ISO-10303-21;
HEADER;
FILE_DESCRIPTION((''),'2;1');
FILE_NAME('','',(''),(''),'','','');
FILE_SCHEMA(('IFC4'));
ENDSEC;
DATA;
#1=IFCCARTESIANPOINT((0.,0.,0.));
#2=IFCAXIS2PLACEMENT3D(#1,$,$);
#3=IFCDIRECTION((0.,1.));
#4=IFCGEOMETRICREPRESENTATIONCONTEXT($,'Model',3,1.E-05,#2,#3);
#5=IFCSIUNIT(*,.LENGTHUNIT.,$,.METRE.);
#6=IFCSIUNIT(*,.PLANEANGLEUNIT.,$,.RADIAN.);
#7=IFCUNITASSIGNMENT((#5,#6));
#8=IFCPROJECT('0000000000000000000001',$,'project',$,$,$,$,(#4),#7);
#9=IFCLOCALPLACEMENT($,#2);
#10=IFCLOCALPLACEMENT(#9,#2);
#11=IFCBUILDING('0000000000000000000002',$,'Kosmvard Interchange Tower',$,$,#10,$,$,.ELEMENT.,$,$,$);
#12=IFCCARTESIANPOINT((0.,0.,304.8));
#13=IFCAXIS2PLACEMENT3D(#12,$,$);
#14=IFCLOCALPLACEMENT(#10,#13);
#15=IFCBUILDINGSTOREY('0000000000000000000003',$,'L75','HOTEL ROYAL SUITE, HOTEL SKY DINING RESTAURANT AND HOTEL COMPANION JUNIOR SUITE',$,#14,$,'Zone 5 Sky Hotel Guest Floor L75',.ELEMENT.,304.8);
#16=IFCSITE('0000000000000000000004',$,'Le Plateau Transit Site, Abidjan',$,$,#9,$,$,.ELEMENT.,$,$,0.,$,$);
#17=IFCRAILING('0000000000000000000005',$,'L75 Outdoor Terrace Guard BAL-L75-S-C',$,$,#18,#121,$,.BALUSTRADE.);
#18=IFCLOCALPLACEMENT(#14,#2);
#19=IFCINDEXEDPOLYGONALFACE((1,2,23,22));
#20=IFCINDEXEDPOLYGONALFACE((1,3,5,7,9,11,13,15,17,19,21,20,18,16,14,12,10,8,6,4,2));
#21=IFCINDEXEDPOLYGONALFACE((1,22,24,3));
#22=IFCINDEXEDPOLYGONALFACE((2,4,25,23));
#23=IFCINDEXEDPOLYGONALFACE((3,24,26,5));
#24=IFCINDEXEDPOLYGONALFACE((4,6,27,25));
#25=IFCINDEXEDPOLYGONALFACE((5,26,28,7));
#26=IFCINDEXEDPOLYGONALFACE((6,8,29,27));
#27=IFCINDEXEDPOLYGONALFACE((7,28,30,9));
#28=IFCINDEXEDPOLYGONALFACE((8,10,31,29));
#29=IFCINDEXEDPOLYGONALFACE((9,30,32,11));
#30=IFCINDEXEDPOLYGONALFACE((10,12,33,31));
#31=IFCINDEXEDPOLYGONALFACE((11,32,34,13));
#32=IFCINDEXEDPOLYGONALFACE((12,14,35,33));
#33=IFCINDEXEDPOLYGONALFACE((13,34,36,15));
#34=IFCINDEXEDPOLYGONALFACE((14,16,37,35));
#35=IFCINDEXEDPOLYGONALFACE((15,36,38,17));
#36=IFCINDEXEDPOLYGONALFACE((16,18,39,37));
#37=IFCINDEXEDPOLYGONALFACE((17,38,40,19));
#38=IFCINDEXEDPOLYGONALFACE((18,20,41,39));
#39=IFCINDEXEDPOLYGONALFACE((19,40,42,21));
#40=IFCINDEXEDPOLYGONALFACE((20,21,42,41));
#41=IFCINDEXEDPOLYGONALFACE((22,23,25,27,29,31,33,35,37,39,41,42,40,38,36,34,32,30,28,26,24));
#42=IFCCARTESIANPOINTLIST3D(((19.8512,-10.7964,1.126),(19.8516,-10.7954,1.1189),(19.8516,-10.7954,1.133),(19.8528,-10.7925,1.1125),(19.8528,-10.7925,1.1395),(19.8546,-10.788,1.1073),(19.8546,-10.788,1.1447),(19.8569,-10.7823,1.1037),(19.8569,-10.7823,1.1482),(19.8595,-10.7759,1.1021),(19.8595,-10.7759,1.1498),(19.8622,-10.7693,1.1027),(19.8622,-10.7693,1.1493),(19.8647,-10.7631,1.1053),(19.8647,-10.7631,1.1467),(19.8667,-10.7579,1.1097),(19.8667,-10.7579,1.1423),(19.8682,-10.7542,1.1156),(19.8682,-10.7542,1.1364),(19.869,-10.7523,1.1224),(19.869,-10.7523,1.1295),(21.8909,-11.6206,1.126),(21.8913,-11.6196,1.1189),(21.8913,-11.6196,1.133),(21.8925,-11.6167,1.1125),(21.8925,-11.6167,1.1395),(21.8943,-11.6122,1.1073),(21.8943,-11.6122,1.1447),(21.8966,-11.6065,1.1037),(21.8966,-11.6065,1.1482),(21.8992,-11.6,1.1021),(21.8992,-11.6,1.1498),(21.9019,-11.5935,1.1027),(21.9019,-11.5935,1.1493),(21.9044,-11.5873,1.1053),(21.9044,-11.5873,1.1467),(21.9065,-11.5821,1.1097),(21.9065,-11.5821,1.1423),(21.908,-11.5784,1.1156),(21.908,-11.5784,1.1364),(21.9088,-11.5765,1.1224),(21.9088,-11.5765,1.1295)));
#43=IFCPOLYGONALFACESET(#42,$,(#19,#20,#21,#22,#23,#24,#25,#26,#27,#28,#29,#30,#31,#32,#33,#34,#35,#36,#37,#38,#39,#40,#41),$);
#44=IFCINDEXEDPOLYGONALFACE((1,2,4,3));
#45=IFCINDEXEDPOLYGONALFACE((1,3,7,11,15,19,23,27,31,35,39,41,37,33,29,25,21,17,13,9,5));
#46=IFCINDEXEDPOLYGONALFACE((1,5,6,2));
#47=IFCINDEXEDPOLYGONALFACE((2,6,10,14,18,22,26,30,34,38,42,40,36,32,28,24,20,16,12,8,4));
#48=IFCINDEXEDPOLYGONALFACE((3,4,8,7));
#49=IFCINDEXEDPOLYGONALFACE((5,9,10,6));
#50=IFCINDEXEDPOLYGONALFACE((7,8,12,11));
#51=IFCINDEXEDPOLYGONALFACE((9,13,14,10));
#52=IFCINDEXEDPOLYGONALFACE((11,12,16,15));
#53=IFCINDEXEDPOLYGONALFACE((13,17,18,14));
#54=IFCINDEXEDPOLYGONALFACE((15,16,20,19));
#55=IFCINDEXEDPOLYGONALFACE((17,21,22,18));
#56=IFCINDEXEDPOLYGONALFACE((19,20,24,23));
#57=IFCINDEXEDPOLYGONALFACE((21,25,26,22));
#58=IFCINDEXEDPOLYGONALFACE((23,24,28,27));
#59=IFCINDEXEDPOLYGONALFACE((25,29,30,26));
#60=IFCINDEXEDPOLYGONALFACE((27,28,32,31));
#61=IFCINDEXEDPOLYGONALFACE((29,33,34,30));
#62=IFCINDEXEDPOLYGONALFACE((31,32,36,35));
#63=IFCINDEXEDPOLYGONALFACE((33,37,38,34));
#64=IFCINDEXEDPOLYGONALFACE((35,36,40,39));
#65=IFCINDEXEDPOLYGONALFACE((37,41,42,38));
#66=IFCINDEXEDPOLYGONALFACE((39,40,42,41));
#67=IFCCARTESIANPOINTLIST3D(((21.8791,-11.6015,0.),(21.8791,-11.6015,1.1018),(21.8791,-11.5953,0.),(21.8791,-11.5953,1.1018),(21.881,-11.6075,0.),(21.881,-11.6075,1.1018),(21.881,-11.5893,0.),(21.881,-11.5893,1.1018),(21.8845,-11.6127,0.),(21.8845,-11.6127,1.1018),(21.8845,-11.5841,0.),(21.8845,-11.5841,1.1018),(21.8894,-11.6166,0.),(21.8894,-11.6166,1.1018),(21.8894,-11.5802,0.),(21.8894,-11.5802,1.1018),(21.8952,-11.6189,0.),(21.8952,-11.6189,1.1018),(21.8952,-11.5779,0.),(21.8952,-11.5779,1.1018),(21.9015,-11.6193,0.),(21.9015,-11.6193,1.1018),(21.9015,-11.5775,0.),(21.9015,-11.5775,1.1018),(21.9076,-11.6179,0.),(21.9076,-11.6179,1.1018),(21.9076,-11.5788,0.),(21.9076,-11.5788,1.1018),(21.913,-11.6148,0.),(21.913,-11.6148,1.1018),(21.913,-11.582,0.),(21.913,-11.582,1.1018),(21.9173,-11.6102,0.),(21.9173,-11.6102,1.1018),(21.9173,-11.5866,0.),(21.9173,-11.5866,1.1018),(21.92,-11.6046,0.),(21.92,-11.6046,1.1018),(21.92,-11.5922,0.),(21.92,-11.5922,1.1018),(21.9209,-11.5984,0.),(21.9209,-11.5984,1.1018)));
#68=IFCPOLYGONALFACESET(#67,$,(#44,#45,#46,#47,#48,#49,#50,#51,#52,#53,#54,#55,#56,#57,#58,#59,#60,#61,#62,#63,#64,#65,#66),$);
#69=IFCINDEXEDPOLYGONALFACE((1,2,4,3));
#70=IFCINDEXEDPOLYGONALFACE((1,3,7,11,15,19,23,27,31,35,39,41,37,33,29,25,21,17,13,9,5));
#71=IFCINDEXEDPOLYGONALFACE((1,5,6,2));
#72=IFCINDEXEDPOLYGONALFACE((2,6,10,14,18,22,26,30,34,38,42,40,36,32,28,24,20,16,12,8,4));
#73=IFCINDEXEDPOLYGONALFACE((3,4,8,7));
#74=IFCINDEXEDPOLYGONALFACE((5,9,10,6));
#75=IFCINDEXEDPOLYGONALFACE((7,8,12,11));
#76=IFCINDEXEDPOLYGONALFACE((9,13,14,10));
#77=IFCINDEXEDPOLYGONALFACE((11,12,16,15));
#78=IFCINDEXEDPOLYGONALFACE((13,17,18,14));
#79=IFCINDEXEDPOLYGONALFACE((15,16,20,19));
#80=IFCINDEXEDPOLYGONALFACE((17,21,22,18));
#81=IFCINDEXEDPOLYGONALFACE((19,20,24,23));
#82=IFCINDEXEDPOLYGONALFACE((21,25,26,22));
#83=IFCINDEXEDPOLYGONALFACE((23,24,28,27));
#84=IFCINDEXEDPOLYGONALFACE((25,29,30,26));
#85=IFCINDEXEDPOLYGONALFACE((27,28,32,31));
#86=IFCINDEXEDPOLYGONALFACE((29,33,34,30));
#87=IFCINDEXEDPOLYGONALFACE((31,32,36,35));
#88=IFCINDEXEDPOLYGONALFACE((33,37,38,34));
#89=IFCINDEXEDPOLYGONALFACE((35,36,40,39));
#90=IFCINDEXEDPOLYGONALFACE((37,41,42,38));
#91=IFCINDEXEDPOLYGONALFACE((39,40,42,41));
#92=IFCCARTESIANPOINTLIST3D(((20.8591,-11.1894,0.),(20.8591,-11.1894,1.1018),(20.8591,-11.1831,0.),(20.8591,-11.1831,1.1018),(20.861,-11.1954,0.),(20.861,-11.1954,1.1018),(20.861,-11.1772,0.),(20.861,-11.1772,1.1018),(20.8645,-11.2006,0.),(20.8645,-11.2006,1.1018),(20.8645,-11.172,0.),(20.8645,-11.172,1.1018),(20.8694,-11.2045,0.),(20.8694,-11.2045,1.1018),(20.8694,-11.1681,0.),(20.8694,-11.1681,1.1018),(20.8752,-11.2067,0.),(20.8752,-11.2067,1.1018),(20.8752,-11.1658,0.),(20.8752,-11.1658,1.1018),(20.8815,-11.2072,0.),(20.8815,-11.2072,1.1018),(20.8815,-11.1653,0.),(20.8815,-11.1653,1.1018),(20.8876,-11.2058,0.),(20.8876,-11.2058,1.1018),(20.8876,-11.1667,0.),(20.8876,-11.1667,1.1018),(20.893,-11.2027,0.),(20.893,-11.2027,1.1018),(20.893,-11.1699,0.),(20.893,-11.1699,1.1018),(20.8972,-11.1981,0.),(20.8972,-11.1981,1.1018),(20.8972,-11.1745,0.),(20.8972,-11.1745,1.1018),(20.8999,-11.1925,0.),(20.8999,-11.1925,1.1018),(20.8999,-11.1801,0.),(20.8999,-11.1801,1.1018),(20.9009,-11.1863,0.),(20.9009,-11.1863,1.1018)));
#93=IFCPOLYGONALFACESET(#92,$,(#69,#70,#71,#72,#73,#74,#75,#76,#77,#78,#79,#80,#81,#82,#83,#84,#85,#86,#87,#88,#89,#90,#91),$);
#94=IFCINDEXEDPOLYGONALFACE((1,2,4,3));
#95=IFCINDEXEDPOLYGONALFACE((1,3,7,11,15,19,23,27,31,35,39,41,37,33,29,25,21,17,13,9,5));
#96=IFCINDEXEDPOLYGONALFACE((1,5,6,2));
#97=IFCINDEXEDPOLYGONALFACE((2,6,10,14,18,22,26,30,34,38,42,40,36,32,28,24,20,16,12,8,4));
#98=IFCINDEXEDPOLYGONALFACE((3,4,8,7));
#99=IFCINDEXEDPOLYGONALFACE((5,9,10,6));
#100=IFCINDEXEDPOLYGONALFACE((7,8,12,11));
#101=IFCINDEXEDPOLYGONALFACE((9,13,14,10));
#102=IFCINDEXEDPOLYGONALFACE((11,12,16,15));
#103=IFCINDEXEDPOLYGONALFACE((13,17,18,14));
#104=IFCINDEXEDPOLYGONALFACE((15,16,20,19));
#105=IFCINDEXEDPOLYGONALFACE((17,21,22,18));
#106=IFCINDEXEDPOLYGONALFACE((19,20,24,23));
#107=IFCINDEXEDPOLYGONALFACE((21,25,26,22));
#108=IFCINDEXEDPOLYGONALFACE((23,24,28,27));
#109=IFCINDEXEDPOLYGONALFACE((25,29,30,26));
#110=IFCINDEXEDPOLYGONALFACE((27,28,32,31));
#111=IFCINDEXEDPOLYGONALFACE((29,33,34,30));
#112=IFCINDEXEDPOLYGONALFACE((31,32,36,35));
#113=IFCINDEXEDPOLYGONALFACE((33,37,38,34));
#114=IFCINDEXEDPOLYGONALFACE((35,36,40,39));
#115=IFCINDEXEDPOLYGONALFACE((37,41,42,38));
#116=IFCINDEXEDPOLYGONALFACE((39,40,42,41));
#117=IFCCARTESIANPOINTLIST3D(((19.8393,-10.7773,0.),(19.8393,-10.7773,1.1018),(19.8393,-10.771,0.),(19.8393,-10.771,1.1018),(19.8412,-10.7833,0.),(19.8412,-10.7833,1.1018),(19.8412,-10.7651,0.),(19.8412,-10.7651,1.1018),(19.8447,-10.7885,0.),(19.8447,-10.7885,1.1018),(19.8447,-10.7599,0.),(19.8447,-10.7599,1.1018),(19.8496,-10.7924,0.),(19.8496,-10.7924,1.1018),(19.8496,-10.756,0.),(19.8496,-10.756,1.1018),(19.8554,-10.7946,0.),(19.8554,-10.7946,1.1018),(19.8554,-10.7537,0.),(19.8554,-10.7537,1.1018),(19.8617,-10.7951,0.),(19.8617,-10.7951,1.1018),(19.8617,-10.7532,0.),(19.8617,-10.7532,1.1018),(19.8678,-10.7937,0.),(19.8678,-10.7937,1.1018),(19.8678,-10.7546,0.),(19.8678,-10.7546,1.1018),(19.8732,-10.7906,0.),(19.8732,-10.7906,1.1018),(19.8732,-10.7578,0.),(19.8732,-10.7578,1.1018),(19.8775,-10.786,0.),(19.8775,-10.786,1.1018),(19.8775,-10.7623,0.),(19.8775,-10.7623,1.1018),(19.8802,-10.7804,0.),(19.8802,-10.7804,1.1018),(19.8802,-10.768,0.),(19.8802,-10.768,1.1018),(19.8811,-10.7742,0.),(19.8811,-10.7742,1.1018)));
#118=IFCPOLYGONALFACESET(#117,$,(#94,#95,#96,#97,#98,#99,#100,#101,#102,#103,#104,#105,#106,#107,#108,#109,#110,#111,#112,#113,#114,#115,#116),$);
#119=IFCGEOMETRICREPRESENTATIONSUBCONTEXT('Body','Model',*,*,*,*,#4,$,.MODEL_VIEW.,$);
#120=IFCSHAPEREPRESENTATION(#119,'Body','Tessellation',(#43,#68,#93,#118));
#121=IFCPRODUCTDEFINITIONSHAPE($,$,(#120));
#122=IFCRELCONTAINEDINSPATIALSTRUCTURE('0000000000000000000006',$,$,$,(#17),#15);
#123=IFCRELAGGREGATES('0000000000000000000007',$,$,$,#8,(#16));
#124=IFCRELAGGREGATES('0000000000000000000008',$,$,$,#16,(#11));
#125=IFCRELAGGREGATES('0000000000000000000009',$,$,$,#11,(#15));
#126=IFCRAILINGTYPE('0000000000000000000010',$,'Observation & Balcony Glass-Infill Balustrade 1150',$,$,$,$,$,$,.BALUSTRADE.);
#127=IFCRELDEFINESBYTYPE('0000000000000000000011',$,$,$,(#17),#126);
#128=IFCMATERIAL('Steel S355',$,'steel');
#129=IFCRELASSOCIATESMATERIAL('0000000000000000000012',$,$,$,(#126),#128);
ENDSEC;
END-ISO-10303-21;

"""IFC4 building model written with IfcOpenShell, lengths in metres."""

from ifc_helpers import new_model, si_unit, direction, frame, origin, origin_2d, place, context, subcontext, project, spatial, circle, extrude, source, transform, mapped, material, type_object, element, save


model = new_model("IFC4")

# Units and contexts
model_context = context("Model", 3, precision=1e-05, world=origin(), true_north=direction((0.0, 1.0)))
body_context = subcontext(model_context, "Body", "Model", "MODEL_VIEW")
ifc_project = project(units=[si_unit("LENGTHUNIT", "METRE"), si_unit("PLANEANGLEUNIT", "RADIAN")], contexts=[model_context])

# Site, building, storey
site_placement = place(None, origin())
site = spatial("IfcSite", under=ifc_project, at=site_placement, Name="Le Plateau Transit Site, Abidjan", CompositionType="ELEMENT", RefElevation=0.0)
building_placement = place(site_placement, origin())
building = spatial("IfcBuilding", under=site, at=building_placement, Name="Kosmvard Interchange Tower", CompositionType="ELEMENT")
storey_placement = place(building_placement, frame((0.0, 0.0, 304.8)))
storey = spatial("IfcBuildingStorey", under=building, at=storey_placement, Name="L75", Description="HOTEL ROYAL SUITE, HOTEL SKY DINING RESTAURANT AND HOTEL COMPANION JUNIOR SUITE", LongName="Zone 5 Sky Hotel Guest Floor L75", CompositionType="ELEMENT", Elevation=304.8)

# Shared definitions
ifc_material_1 = material(Name="Steel S355", Category="steel")

# Railing
railing_type = type_object("IfcRailingType", Name="Observation & Balcony Glass-Infill Balustrade 1150", PredefinedType="BALUSTRADE", material=ifc_material_1)
shared_shape_1 = source(origin(), body_context, "Body", "SweptSolid", [
    extrude(circle(Radius=0.0239, at=origin_2d()), frame((0.0, 0.0, 1.126), z_axis=(-0.92717, 0.374641, 0.0), x_axis=(-0.374641, -0.92717, 0.0)), (0.0, 0.0, 1.0), 2.2),
    extrude(circle(Radius=0.021, at=origin_2d()), origin(), (0.0, 0.0, 1.0), 1.1018),
    extrude(circle(Radius=0.021, at=origin_2d()), frame((-1.02, 0.4121, 0.0)), (0.0, 0.0, 1.0), 1.1018),
    extrude(circle(Radius=0.021, at=origin_2d()), frame((-2.0398, 0.8242, 0.0)), (0.0, 0.0, 1.0), 1.1018),
])
railing_placement = place(storey_placement, frame((21.8999, -11.5984, 0.0)))
element("IfcRailing", 1, at=railing_placement, inside=storey, type_object=railing_type, Name="L75 Outdoor Terrace Guard BAL-L75-S-C", PredefinedType="BALUSTRADE", context=body_context, shape_type="MappedRepresentation", body=[
    mapped(shared_shape_1, transform((0.0, 0.0, 0.0), scale=1.0)),
])

save(model, "model.ifc")
